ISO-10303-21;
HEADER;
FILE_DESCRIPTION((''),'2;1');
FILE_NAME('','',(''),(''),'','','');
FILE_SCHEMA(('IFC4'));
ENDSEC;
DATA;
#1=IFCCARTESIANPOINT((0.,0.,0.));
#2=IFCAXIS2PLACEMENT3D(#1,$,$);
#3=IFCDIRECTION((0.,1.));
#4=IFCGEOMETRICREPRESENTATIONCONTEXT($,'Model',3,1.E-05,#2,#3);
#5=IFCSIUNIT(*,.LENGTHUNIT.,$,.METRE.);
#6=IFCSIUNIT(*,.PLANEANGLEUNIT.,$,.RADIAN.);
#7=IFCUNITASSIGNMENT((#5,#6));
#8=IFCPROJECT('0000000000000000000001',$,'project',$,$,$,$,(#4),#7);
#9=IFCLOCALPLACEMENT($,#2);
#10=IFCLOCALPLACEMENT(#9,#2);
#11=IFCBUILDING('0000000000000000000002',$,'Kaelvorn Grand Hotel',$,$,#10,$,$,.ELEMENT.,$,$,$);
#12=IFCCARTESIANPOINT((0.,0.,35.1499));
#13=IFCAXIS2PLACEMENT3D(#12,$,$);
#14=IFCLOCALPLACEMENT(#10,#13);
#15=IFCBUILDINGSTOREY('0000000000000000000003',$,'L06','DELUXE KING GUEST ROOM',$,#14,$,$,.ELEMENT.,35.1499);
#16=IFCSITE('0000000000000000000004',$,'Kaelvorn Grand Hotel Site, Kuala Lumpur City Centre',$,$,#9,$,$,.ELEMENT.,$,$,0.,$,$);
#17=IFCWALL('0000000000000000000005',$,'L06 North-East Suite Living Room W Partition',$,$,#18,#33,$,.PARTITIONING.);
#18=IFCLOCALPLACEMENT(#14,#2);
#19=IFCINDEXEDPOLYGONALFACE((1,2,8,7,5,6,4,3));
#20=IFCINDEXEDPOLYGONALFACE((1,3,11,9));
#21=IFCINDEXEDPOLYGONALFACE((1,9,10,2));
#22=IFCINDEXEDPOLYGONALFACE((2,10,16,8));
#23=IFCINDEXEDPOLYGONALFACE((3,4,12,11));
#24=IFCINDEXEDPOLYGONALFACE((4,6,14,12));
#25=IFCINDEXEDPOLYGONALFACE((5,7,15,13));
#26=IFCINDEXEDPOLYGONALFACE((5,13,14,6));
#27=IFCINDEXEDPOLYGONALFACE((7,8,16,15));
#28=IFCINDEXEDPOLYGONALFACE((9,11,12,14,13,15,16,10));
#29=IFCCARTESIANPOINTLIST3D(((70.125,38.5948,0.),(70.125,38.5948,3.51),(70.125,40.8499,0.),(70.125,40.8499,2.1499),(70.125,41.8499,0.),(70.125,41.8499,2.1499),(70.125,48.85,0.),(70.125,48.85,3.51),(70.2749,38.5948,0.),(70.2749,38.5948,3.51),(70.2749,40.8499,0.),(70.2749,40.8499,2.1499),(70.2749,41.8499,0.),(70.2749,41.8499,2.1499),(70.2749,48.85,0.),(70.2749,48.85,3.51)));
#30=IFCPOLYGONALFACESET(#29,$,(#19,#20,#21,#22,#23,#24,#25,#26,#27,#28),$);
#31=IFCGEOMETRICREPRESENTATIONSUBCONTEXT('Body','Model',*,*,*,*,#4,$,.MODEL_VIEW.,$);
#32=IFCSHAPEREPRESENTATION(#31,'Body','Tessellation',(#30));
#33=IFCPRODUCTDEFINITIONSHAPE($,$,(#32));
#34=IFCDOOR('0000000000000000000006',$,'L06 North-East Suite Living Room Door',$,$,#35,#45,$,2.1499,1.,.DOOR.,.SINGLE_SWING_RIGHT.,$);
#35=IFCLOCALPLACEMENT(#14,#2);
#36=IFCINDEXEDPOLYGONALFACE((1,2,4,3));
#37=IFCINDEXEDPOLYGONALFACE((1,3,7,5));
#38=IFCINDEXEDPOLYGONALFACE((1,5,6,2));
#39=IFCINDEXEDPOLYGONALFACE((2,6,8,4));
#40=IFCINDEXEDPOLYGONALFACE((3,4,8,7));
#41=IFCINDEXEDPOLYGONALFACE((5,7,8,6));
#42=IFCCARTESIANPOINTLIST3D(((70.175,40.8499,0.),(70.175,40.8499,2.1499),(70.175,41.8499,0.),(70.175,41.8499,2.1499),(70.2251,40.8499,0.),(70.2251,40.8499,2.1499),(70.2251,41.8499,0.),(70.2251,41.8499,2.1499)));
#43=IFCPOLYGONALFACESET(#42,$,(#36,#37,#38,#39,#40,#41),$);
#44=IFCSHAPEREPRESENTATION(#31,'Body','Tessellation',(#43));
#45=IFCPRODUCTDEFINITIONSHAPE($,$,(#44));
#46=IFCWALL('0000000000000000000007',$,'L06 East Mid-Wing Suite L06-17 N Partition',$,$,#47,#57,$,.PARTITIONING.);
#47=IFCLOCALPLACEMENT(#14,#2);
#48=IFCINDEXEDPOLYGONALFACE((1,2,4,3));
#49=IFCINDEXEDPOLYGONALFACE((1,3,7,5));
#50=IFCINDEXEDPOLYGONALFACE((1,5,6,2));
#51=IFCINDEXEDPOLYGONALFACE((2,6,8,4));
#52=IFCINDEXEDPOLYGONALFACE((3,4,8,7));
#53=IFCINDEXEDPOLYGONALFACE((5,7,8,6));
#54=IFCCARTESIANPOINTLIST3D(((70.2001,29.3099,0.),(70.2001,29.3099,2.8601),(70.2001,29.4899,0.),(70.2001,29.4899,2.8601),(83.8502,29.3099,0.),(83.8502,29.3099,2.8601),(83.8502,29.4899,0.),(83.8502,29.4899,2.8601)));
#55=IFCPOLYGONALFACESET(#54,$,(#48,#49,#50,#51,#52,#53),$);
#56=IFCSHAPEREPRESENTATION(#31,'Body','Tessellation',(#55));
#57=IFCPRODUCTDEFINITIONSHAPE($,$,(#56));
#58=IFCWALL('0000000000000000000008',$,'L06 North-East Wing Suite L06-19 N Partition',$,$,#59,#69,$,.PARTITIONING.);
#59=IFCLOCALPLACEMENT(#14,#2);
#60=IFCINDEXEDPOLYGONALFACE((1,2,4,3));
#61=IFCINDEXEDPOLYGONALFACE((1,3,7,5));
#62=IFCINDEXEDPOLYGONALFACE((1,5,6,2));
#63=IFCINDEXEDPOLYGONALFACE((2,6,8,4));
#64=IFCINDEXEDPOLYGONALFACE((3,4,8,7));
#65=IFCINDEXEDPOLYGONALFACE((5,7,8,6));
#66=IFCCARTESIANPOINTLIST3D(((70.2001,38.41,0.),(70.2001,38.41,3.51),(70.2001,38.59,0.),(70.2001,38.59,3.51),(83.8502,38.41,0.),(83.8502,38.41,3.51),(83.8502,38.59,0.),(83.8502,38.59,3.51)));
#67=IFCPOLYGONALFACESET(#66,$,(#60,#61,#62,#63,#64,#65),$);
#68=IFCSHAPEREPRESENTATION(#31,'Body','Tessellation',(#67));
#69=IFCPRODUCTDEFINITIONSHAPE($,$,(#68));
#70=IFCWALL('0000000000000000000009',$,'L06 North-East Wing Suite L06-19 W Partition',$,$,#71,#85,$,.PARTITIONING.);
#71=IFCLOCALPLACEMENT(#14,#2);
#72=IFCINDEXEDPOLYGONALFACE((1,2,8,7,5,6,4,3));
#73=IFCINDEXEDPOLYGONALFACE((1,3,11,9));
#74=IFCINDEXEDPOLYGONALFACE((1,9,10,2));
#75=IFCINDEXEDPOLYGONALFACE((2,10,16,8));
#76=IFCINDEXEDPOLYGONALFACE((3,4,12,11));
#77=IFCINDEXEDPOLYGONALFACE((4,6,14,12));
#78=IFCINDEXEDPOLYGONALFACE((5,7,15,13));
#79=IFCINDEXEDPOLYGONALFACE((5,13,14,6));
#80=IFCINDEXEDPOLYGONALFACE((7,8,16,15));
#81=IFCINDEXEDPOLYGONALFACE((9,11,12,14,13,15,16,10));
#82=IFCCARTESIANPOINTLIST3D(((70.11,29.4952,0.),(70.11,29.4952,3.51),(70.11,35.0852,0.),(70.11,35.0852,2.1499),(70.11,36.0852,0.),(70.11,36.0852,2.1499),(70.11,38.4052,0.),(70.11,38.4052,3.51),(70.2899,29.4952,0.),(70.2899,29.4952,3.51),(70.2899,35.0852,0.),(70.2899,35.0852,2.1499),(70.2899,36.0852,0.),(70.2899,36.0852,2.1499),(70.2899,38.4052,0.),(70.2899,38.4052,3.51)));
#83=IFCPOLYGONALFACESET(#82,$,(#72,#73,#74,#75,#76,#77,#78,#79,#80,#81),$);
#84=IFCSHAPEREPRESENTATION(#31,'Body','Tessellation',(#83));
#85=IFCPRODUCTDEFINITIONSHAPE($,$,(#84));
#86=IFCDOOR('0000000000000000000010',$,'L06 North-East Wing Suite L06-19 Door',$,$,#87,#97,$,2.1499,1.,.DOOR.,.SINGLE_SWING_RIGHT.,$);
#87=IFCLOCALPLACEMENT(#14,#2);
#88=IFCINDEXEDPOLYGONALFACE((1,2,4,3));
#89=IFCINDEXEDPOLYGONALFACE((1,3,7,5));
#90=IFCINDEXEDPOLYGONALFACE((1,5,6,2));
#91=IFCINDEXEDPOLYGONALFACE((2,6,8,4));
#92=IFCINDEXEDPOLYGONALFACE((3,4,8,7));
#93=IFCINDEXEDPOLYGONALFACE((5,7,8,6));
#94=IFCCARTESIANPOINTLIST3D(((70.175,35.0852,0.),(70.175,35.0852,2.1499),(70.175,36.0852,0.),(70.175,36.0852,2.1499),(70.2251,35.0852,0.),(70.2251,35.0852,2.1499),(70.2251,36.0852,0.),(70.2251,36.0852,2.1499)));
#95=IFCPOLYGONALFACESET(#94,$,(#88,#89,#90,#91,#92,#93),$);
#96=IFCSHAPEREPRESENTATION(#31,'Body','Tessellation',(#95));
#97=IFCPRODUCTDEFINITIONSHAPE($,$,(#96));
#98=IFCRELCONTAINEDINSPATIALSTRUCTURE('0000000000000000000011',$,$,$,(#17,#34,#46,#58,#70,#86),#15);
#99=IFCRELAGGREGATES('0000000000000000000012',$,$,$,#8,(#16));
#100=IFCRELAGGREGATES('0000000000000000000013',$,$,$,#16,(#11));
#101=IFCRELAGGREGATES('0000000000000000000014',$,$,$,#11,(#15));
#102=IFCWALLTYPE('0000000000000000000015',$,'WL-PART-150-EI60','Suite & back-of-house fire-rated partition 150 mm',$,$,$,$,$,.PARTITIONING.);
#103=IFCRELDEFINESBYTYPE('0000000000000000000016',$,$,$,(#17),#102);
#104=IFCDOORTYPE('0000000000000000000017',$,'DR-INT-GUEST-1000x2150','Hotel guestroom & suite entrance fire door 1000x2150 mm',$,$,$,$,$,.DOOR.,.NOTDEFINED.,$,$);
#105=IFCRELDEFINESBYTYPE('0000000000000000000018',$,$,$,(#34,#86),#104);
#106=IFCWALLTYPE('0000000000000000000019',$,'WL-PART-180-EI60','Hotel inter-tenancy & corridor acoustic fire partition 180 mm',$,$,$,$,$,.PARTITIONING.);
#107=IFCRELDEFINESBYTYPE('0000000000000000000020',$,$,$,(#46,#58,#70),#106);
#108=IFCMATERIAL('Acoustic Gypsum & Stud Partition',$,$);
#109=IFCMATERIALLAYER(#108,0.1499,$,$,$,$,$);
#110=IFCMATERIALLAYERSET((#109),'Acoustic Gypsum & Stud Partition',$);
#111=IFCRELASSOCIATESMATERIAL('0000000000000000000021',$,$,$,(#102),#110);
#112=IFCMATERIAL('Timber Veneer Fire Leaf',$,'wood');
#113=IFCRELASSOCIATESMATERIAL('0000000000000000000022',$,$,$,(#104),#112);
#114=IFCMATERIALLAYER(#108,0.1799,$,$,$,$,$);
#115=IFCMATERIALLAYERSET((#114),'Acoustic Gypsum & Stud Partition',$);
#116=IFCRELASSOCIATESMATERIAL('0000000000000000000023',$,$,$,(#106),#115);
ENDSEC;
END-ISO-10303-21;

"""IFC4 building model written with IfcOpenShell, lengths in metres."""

from ifc_helpers import new_model, si_unit, direction, frame, frame_2d, origin, place, context, subcontext, project, spatial, rectangle, extrude, material, layer, layer_set, type_object, element, fill, save


model = new_model("IFC4")

# Units and contexts
model_context = context("Model", 3, precision=1e-05, world=origin(), true_north=direction((0.0, 1.0)))
body_context = subcontext(model_context, "Body", "Model", "MODEL_VIEW")
ifc_project = project(units=[si_unit("LENGTHUNIT", "METRE"), si_unit("PLANEANGLEUNIT", "RADIAN")], contexts=[model_context])

# Site, building, storey
site_placement = place(None, origin())
site = spatial("IfcSite", under=ifc_project, at=site_placement, Name="Kaelvorn Grand Hotel Site, Kuala Lumpur City Centre", CompositionType="ELEMENT", RefElevation=0.0)
building_placement = place(site_placement, origin())
building = spatial("IfcBuilding", under=site, at=building_placement, Name="Kaelvorn Grand Hotel", CompositionType="ELEMENT")
storey_placement = place(building_placement, frame((0.0, 0.0, 35.1499)))
storey = spatial("IfcBuildingStorey", under=building, at=storey_placement, Name="L06", Description="DELUXE KING GUEST ROOM", CompositionType="ELEMENT", Elevation=35.1499)

# Wall, opening, door
ifc_material_1 = material(Name="Acoustic Gypsum & Stud Partition")
ifc_layer_1 = layer(ifc_material_1, 0.1499)
ifc_layer_set_1 = layer_set([ifc_layer_1], Name="Acoustic Gypsum & Stud Partition")
wall_type_1 = type_object("IfcWallType", Name="WL-PART-150-EI60", Description="Suite & back-of-house fire-rated partition 150 mm", PredefinedType="PARTITIONING", material=ifc_layer_set_1)
wall_1_placement = place(storey_placement, frame((70.2, 38.595, 0.0), z_axis=(0.0, 0.0, 1.0), x_axis=(0.0, 1.0, 0.0)))
wall_1 = element("IfcWall", 1, at=wall_1_placement, inside=storey, type_object=wall_type_1, Name="L06 North-East Suite Living Room W Partition", PredefinedType="PARTITIONING", context=body_context, shape_type="SweptSolid", body=[
    extrude(rectangle(XDim=10.2551, YDim=0.1499, at=frame_2d((5.1274, 0.0))), origin(), (0.0, 0.0, 1.0), 3.51),
])
opening_1_placement = place(wall_1_placement, frame((2.2549, 0.0, 0.0)))
opening_1 = element("IfcOpeningElement", 2, at=opening_1_placement, cuts=wall_1, PredefinedType="OPENING", context=body_context, shape_type="SweptSolid", body=[
    extrude(rectangle(XDim=1.0, YDim=2.1499, at=frame_2d((0.5, 1.075))), frame((0.0, 0.085, 0.0), z_axis=(0.0, -1.0, 0.0), x_axis=(1.0, 0.0, 0.0)), (0.0, 0.0, 1.0), 0.1699),
])
ifc_material_2 = material(Name="Timber Veneer Fire Leaf", Category="wood")
door_type_1 = type_object("IfcDoorType", Name="DR-INT-GUEST-1000x2150", Description="Hotel guestroom & suite entrance fire door 1000x2150 mm", OperationType="NOTDEFINED", PredefinedType="DOOR", material=ifc_material_2)
door_1_placement = place(opening_1_placement, origin())
door_1 = element("IfcDoor", 3, at=door_1_placement, inside=storey, type_object=door_type_1, Name="L06 North-East Suite Living Room Door", OperationType="SINGLE_SWING_RIGHT", OverallHeight=2.1499, OverallWidth=1.0, PredefinedType="DOOR", context=body_context, shape_type="SweptSolid", body=[
    extrude(rectangle(XDim=1.0, YDim=2.1499, at=frame_2d((0.5, 1.075))), frame((0.0, 0.0249, 0.0), z_axis=(0.0, -1.0, 0.0), x_axis=(1.0, 0.0, 0.0)), (0.0, 0.0, 1.0), 0.05),
])
fill(opening_1, door_1)

# Walls
ifc_layer_2 = layer(ifc_material_1, 0.1799)
ifc_layer_set_2 = layer_set([ifc_layer_2], Name="Acoustic Gypsum & Stud Partition")
wall_type_2 = type_object("IfcWallType", Name="WL-PART-180-EI60", Description="Hotel inter-tenancy & corridor acoustic fire partition 180 mm", PredefinedType="PARTITIONING", material=ifc_layer_set_2)
wall_2_placement = place(storey_placement, frame((70.2, 29.3999, 0.0), z_axis=(0.0, 0.0, 1.0), x_axis=(1.0, 0.0, 0.0)))
element("IfcWall", 4, at=wall_2_placement, inside=storey, type_object=wall_type_2, Name="L06 East Mid-Wing Suite L06-17 N Partition", PredefinedType="PARTITIONING", context=body_context, shape_type="SweptSolid", body=[
    extrude(rectangle(XDim=13.6501, YDim=0.1799, at=frame_2d((6.8252, 0.0))), origin(), (0.0, 0.0, 1.0), 2.8601),
])
wall_3_placement = place(storey_placement, frame((70.2, 38.5, 0.0), z_axis=(0.0, 0.0, 1.0), x_axis=(1.0, 0.0, 0.0)))
element("IfcWall", 5, at=wall_3_placement, inside=storey, type_object=wall_type_2, Name="L06 North-East Wing Suite L06-19 N Partition", PredefinedType="PARTITIONING", context=body_context, shape_type="SweptSolid", body=[
    extrude(rectangle(XDim=13.6501, YDim=0.1799, at=frame_2d((6.8252, 0.0))), origin(), (0.0, 0.0, 1.0), 3.51),
])

# Wall, opening, door
wall_4_placement = place(storey_placement, frame((70.2, 29.4951, 0.0), z_axis=(0.0, 0.0, 1.0), x_axis=(0.0, 1.0, 0.0)))
wall_4 = element("IfcWall", 6, at=wall_4_placement, inside=storey, type_object=wall_type_2, Name="L06 North-East Wing Suite L06-19 W Partition", PredefinedType="PARTITIONING", context=body_context, shape_type="SweptSolid", body=[
    extrude(rectangle(XDim=8.9099, YDim=0.1799, at=frame_2d((4.4551, 0.0))), origin(), (0.0, 0.0, 1.0), 3.51),
])
opening_2_placement = place(wall_4_placement, frame((5.5901, 0.0, 0.0)))
opening_2 = element("IfcOpeningElement", 7, at=opening_2_placement, cuts=wall_4, PredefinedType="OPENING", context=body_context, shape_type="SweptSolid", body=[
    extrude(rectangle(XDim=1.0, YDim=2.1499, at=frame_2d((0.5, 1.075))), frame((0.0, 0.1001, 0.0), z_axis=(0.0, -1.0, 0.0), x_axis=(1.0, 0.0, 0.0)), (0.0, 0.0, 1.0), 0.2),
])
door_2_placement = place(opening_2_placement, origin())
door_2 = element("IfcDoor", 8, at=door_2_placement, inside=storey, type_object=door_type_1, Name="L06 North-East Wing Suite L06-19 Door", OperationType="SINGLE_SWING_RIGHT", OverallHeight=2.1499, OverallWidth=1.0, PredefinedType="DOOR", context=body_context, shape_type="SweptSolid", body=[
    extrude(rectangle(XDim=1.0, YDim=2.1499, at=frame_2d((0.5, 1.075))), frame((0.0, 0.0249, 0.0), z_axis=(0.0, -1.0, 0.0), x_axis=(1.0, 0.0, 0.0)), (0.0, 0.0, 1.0), 0.05),
])
fill(opening_2, door_2)

save(model, "model.ifc")
